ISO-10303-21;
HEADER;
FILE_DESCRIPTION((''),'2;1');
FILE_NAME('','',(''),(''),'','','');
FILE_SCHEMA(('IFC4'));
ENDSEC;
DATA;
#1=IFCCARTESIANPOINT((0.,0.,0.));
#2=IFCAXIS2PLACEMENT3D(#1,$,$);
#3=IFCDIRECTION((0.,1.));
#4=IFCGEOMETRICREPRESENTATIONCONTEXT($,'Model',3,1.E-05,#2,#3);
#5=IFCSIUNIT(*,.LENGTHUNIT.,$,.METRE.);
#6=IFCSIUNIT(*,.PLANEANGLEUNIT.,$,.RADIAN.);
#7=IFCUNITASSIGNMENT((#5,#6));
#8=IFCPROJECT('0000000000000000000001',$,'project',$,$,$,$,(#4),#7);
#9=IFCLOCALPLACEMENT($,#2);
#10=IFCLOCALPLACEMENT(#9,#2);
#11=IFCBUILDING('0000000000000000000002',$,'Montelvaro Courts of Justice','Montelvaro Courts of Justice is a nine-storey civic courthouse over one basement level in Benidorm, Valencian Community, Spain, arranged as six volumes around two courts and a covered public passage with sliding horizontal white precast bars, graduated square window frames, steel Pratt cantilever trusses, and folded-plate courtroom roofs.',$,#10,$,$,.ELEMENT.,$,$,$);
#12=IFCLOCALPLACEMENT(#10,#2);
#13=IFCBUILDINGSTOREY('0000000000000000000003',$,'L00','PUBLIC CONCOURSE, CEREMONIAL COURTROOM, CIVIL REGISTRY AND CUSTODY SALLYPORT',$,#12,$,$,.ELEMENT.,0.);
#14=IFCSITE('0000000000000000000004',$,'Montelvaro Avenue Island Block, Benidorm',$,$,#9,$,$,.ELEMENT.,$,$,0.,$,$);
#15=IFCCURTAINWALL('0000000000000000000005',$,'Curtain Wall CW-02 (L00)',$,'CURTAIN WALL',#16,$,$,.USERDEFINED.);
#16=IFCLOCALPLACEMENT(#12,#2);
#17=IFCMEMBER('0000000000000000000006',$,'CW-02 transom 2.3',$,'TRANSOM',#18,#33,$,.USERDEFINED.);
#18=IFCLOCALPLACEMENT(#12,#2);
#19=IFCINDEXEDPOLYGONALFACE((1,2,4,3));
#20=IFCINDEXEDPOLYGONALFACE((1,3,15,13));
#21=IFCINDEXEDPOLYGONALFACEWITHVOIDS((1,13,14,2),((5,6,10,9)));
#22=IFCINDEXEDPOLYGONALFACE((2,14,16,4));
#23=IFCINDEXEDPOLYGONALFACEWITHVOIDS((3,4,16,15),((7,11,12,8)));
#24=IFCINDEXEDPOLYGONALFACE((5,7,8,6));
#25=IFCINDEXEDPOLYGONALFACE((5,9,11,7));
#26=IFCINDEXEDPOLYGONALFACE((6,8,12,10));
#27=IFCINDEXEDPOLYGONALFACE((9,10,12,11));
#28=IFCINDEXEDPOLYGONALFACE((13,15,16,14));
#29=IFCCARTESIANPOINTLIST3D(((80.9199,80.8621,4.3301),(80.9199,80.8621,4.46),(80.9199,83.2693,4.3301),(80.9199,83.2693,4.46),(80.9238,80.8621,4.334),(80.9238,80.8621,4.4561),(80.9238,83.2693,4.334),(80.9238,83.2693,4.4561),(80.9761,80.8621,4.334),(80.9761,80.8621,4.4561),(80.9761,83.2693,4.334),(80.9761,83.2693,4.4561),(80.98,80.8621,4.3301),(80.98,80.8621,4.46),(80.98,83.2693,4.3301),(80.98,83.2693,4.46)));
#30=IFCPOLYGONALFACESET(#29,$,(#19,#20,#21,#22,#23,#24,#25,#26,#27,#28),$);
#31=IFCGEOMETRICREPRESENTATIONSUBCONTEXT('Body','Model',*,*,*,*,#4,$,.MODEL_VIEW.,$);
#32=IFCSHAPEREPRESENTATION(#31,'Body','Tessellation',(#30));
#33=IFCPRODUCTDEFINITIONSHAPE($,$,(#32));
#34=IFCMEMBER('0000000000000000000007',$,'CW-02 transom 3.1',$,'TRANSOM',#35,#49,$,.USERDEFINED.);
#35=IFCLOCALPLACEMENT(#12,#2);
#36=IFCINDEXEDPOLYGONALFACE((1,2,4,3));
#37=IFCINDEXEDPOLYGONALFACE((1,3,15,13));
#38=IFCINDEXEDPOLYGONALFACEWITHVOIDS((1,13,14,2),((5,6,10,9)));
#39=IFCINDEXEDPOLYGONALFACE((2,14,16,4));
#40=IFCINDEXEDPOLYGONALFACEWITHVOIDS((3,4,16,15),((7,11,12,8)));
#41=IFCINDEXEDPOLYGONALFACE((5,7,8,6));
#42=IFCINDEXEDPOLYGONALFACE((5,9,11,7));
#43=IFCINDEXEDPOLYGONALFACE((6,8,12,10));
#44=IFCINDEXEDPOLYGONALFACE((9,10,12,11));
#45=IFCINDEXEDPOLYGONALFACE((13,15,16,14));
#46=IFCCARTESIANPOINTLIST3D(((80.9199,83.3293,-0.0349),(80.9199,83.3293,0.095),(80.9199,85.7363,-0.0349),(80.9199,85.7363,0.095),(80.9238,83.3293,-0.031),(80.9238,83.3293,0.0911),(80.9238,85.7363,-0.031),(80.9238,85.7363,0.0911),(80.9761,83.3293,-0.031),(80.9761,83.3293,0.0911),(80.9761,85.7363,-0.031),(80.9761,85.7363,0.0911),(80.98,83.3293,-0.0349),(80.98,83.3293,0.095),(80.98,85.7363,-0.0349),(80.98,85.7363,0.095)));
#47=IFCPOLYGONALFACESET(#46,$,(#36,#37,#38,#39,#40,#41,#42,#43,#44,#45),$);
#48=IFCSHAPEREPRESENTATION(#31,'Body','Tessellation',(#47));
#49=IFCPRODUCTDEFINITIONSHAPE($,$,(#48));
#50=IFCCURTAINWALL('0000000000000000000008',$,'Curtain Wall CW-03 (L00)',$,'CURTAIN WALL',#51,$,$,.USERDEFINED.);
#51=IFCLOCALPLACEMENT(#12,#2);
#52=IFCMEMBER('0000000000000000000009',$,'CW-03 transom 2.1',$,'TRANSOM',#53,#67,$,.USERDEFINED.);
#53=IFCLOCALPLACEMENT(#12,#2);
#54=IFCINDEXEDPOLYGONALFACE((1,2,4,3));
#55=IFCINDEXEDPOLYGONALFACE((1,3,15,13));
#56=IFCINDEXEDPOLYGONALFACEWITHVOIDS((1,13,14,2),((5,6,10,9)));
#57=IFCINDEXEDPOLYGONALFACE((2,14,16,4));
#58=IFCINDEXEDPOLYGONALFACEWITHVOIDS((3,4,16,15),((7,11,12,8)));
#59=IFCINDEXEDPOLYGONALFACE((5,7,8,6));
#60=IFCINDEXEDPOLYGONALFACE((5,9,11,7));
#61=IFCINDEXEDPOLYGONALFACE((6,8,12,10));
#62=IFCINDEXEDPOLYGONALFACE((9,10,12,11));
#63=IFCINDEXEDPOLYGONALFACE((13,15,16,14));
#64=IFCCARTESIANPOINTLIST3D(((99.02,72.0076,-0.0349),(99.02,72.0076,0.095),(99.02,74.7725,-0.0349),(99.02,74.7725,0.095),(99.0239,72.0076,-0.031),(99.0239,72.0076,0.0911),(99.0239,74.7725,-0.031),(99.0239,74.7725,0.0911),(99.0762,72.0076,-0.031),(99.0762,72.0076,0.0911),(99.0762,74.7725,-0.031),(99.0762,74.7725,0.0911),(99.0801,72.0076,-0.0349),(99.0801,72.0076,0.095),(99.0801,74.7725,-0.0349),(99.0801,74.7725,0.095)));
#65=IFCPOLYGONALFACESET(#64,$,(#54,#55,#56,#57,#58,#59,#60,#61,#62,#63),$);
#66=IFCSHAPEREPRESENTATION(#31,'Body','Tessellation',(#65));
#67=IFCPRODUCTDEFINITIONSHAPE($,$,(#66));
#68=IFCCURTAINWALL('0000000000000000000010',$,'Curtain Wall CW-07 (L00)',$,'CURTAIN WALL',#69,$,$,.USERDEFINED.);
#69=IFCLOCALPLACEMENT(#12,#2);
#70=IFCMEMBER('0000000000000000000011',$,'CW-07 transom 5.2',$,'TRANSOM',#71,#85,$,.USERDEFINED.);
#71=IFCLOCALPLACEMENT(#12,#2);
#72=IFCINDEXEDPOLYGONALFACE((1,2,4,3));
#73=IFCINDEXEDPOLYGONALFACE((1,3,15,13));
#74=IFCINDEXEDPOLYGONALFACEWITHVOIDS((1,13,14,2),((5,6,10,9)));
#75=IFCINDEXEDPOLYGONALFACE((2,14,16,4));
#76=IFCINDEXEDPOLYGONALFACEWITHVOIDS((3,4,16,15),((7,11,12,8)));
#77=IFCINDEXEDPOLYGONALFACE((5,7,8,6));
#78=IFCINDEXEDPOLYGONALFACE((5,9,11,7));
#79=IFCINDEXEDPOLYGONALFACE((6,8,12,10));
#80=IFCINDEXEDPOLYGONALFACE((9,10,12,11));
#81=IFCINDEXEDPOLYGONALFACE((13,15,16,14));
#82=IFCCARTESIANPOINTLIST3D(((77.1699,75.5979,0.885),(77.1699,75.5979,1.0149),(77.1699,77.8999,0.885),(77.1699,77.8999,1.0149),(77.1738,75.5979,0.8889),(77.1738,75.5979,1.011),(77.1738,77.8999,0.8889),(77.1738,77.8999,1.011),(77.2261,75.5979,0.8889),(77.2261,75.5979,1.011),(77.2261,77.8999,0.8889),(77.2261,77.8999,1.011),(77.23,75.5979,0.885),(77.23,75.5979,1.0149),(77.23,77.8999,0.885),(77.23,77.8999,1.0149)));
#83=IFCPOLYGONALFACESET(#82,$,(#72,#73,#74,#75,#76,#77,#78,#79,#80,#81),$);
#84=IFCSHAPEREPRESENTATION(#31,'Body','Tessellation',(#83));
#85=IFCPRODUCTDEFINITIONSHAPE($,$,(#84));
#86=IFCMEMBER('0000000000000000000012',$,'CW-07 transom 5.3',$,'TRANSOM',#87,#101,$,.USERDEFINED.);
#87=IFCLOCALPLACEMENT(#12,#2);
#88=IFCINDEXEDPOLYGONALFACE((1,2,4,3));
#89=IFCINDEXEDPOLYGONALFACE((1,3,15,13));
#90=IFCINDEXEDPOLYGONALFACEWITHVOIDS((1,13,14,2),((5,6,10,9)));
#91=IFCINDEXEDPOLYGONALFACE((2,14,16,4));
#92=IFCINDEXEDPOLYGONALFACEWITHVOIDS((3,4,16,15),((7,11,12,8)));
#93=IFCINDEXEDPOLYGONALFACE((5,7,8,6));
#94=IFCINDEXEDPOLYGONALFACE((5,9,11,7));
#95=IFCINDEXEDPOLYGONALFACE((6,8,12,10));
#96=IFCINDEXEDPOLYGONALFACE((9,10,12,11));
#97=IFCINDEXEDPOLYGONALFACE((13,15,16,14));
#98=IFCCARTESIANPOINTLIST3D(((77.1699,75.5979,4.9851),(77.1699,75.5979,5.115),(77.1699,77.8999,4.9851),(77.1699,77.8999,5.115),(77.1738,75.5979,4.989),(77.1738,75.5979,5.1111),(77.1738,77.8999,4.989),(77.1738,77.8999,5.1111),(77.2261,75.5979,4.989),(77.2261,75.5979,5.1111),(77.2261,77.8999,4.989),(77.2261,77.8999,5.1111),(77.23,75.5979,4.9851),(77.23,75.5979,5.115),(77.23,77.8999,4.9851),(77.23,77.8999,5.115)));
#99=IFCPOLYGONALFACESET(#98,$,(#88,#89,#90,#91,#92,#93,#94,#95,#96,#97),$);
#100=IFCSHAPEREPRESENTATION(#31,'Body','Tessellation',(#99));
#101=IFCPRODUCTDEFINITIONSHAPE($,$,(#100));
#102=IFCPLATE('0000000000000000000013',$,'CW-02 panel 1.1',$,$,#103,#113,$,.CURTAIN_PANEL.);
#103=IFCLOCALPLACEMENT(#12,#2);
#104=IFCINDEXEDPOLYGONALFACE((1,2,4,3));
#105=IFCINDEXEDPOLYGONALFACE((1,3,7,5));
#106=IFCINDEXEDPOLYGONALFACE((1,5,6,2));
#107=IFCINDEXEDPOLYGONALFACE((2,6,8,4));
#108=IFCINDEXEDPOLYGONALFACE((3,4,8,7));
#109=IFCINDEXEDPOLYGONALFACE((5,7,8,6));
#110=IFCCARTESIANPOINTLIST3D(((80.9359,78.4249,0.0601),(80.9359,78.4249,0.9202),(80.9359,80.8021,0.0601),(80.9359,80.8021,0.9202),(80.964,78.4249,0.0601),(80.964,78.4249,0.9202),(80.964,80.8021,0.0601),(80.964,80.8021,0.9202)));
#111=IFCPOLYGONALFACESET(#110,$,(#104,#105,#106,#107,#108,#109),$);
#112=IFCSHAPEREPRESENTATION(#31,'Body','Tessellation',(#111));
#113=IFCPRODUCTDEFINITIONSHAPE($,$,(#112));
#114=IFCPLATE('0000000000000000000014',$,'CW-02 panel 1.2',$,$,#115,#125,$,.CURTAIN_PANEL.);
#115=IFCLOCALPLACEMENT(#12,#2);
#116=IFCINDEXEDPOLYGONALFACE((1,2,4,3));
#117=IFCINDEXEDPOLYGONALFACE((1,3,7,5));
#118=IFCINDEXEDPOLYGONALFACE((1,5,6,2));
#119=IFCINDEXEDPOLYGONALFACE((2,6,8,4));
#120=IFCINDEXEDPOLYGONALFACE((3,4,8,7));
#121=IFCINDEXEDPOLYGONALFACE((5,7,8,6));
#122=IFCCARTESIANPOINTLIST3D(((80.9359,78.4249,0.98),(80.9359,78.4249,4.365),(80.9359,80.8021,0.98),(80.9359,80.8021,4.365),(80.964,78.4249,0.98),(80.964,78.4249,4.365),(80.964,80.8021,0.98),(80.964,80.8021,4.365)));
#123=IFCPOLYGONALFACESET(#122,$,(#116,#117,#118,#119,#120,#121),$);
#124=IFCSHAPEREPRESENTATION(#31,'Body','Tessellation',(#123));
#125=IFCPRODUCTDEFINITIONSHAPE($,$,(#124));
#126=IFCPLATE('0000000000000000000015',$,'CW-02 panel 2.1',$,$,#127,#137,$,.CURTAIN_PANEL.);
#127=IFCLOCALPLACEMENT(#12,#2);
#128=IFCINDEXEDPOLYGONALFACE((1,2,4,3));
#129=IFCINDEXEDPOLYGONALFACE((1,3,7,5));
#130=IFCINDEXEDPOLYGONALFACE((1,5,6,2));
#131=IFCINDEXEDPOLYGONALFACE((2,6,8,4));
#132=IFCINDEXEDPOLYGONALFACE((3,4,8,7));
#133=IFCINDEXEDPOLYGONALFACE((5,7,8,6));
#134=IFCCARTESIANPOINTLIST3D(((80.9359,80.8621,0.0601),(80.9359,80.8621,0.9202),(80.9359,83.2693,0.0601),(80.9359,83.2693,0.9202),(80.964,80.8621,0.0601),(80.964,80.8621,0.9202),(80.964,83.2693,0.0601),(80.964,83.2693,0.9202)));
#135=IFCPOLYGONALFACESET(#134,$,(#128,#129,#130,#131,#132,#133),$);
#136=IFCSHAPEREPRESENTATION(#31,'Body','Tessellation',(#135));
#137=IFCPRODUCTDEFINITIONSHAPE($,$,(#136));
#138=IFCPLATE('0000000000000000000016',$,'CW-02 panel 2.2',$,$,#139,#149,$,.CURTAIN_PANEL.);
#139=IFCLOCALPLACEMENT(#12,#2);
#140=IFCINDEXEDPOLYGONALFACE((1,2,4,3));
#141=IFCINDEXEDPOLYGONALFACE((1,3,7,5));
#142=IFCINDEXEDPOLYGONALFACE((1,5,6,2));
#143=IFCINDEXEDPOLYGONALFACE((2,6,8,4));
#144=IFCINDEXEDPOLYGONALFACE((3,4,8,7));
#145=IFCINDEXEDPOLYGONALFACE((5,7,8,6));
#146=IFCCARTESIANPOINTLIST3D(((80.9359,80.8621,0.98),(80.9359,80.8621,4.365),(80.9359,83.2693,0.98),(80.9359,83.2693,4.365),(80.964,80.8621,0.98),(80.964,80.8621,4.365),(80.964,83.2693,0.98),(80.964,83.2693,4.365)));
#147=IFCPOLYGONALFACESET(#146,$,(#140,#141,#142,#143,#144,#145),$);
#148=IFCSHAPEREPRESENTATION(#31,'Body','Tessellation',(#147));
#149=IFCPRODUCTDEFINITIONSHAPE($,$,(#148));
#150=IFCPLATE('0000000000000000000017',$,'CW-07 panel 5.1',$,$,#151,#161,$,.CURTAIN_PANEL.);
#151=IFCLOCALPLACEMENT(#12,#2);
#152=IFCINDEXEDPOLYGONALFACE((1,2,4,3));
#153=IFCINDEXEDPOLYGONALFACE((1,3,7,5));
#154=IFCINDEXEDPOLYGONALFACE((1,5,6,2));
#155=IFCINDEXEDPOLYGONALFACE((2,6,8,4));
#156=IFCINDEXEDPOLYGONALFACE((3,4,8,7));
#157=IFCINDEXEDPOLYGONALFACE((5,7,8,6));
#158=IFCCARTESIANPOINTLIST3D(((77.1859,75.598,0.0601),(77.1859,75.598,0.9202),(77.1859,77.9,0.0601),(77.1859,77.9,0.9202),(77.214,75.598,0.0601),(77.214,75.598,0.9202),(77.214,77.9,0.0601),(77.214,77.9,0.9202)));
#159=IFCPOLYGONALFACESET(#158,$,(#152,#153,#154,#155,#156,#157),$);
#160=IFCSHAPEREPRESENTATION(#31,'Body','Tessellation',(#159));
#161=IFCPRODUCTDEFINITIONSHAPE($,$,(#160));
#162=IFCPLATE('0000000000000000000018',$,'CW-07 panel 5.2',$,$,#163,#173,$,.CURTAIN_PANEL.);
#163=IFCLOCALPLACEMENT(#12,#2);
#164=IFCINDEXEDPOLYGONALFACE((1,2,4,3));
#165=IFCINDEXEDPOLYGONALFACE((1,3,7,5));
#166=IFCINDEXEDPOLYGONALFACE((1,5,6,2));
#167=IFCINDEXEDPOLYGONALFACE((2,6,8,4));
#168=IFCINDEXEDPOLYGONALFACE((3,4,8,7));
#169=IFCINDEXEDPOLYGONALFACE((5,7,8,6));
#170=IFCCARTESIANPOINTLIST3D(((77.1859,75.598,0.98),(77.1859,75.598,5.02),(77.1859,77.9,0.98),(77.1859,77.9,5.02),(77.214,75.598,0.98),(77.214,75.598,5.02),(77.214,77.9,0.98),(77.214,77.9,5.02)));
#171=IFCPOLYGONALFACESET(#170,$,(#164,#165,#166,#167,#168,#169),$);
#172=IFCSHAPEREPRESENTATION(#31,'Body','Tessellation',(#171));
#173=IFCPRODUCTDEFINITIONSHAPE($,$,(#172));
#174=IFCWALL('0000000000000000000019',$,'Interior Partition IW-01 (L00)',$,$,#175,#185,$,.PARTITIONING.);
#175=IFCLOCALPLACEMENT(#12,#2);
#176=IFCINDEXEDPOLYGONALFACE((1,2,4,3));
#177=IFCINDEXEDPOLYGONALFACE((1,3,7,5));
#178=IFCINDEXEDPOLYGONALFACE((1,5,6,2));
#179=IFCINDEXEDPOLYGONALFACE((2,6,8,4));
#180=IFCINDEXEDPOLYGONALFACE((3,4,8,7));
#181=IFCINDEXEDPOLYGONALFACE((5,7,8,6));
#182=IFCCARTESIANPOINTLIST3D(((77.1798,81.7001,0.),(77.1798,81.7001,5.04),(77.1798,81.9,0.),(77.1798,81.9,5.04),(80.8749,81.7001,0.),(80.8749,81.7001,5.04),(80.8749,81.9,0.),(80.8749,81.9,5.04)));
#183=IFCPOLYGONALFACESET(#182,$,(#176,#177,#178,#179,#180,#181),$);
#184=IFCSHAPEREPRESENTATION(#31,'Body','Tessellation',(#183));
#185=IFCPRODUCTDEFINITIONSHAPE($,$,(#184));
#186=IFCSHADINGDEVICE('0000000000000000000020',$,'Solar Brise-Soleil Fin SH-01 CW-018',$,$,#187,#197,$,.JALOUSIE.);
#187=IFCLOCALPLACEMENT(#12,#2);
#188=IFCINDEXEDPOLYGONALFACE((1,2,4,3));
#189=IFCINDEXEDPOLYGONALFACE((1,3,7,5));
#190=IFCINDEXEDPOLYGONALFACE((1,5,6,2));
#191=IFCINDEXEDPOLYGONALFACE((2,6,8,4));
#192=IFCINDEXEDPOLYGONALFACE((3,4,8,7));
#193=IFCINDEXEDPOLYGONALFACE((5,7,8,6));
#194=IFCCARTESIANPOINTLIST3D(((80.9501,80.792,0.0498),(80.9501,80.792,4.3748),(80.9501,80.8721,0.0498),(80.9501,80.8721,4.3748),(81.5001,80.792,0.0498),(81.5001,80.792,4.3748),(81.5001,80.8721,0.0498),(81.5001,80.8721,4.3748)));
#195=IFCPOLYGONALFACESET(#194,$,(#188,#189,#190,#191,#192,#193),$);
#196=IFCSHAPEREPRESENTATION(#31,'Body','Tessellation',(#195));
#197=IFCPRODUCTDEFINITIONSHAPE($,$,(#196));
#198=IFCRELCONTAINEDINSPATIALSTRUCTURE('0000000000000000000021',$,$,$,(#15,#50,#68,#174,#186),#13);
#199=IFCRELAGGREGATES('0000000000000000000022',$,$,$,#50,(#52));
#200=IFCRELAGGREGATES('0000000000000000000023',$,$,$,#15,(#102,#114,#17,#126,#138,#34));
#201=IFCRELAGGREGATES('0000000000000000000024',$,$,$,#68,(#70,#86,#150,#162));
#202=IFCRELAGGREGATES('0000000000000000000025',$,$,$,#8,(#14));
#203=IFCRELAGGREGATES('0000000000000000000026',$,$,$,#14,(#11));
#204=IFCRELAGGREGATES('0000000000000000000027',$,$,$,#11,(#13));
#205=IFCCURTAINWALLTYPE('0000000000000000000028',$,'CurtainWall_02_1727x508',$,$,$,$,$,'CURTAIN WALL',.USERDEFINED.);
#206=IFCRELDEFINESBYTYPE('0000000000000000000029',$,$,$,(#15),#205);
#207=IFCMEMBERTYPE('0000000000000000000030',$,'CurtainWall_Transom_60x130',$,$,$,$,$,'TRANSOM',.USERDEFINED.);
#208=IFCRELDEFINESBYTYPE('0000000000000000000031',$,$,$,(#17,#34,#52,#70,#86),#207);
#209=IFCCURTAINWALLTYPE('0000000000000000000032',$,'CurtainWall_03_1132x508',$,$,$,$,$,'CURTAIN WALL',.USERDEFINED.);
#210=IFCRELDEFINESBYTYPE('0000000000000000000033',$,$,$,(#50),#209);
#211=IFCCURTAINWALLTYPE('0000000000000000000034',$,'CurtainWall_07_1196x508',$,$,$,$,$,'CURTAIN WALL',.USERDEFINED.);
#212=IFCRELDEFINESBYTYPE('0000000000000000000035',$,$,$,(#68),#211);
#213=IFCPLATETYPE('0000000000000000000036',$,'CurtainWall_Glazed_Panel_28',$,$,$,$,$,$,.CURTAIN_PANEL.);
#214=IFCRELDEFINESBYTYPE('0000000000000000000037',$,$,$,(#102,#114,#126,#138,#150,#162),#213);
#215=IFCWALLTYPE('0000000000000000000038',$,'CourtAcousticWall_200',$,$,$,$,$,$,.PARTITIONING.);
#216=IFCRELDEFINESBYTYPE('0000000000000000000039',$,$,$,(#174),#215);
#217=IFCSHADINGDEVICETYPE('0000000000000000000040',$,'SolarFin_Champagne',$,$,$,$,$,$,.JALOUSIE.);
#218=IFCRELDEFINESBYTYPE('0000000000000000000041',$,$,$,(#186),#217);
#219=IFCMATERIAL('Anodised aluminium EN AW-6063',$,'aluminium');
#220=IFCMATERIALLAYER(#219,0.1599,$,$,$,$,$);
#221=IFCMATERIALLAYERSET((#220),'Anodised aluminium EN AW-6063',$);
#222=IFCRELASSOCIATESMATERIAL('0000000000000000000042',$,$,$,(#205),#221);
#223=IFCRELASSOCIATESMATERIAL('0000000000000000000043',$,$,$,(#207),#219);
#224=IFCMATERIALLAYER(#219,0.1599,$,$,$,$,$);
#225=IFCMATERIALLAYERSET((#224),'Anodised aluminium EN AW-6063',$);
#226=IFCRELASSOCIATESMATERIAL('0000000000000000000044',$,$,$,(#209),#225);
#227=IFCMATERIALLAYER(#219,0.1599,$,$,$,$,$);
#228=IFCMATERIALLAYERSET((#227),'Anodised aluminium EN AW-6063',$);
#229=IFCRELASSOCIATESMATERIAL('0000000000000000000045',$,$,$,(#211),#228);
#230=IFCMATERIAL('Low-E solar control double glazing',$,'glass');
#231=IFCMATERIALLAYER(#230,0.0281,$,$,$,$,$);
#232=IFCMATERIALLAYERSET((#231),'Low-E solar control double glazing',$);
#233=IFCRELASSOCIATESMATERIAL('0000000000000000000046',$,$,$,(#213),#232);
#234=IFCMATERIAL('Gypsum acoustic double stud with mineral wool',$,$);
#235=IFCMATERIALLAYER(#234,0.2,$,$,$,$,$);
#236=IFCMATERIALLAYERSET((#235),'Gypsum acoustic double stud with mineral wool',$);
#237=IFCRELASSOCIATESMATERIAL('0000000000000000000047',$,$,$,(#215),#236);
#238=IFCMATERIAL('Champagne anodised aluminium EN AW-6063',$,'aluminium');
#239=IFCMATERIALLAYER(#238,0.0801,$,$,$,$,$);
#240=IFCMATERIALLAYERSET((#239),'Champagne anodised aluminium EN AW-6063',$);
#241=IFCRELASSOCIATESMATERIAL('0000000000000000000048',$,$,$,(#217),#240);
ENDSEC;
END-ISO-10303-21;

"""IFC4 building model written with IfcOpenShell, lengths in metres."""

from ifc_helpers import new_model, si_unit, direction, frame, frame_2d, origin, origin_2d, place, context, subcontext, project, spatial, rectangle, hollow_rectangle, extrude, material, layer, layer_set, material_profile, profile_set, type_object, element, aggregate, save


model = new_model("IFC4")

# Units and contexts
model_context = context("Model", 3, precision=1e-05, world=origin(), true_north=direction((0.0, 1.0)))
body_context = subcontext(model_context, "Body", "Model", "MODEL_VIEW")
ifc_project = project(units=[si_unit("LENGTHUNIT", "METRE"), si_unit("PLANEANGLEUNIT", "RADIAN")], contexts=[model_context])

# Site, building, storey
site_placement = place(None, origin())
site = spatial("IfcSite", under=ifc_project, at=site_placement, Name="Montelvaro Avenue Island Block, Benidorm", CompositionType="ELEMENT", RefElevation=0.0)
building_placement = place(site_placement, origin())
building = spatial("IfcBuilding", under=site, at=building_placement, Name="Montelvaro Courts of Justice", Description="Montelvaro Courts of Justice is a nine-storey civic courthouse over one basement level in Benidorm, Valencian Community, Spain, arranged as six volumes around two courts and a covered public passage with sliding horizontal white precast bars, graduated square window frames, steel Pratt cantilever trusses, and folded-plate courtroom roofs.", CompositionType="ELEMENT")
storey_placement = place(building_placement, origin())
storey = spatial("IfcBuildingStorey", under=building, at=storey_placement, Name="L00", Description="PUBLIC CONCOURSE, CEREMONIAL COURTROOM, CIVIL REGISTRY AND CUSTODY SALLYPORT", CompositionType="ELEMENT", Elevation=0.0)

# Curtain wall, members
ifc_material_1 = material(Name="Anodised aluminium EN AW-6063", Category="aluminium")
ifc_layer_1 = layer(ifc_material_1, 0.1599)
ifc_layer_set_1 = layer_set([ifc_layer_1], Name="Anodised aluminium EN AW-6063")
curtain_wall_type_1 = type_object("IfcCurtainWallType", Name="CurtainWall_02_1727x508", ElementType="CURTAIN WALL", PredefinedType="USERDEFINED", material=ifc_layer_set_1)
curtain_wall_1_placement = place(storey_placement, origin())
curtain_wall_1 = element("IfcCurtainWall", 1, at=curtain_wall_1_placement, inside=storey, type_object=curtain_wall_type_1, Name="Curtain Wall CW-02 (L00)", ObjectType="CURTAIN WALL", PredefinedType="USERDEFINED")
ifc_material_profile_1 = material_profile(ifc_material_1, hollow_rectangle(XDim=0.0601, YDim=0.1299, WallThickness=0.0039, at=origin_2d()), Name="ALU-T 60x130")
ifc_profile_set_1 = profile_set([ifc_material_profile_1], Name="Anodised aluminium EN AW-6063")
member_type_1 = type_object("IfcMemberType", Name="CurtainWall_Transom_60x130", ElementType="TRANSOM", PredefinedType="USERDEFINED", material=ifc_profile_set_1)
member_1_placement = place(storey_placement, frame((80.95, 80.8621, 4.395), z_axis=(0.0, 1.0, 0.0), x_axis=(-1.0, 0.0, 0.0)))
member_1 = element("IfcMember", 2, at=member_1_placement, type_object=member_type_1, Name="CW-02 transom 2.3", ObjectType="TRANSOM", PredefinedType="USERDEFINED", context=body_context, shape_type="SweptSolid", body=[
    extrude(hollow_rectangle(XDim=0.0601, YDim=0.1299, WallThickness=0.0039, at=origin_2d()), origin(), (0.0, 0.0, 1.0), 2.4072),
])
member_2_placement = place(storey_placement, frame((80.95, 83.3293, 0.03), z_axis=(0.0, 1.0, 0.0), x_axis=(-1.0, 0.0, 0.0)))
member_2 = element("IfcMember", 3, at=member_2_placement, type_object=member_type_1, Name="CW-02 transom 3.1", ObjectType="TRANSOM", PredefinedType="USERDEFINED", context=body_context, shape_type="SweptSolid", body=[
    extrude(hollow_rectangle(XDim=0.0601, YDim=0.1299, WallThickness=0.0039, at=origin_2d()), origin(), (0.0, 0.0, 1.0), 2.407),
])

# Curtain wall, member
ifc_layer_2 = layer(ifc_material_1, 0.1599)
ifc_layer_set_2 = layer_set([ifc_layer_2], Name="Anodised aluminium EN AW-6063")
curtain_wall_type_2 = type_object("IfcCurtainWallType", Name="CurtainWall_03_1132x508", ElementType="CURTAIN WALL", PredefinedType="USERDEFINED", material=ifc_layer_set_2)
curtain_wall_2_placement = place(storey_placement, origin())
curtain_wall_2 = element("IfcCurtainWall", 4, at=curtain_wall_2_placement, inside=storey, type_object=curtain_wall_type_2, Name="Curtain Wall CW-03 (L00)", ObjectType="CURTAIN WALL", PredefinedType="USERDEFINED")
member_3_placement = place(storey_placement, frame((99.05, 74.7725, 0.03), z_axis=(0.0, -1.0, 0.0), x_axis=(1.0, 0.0, 0.0)))
member_3 = element("IfcMember", 5, at=member_3_placement, type_object=member_type_1, Name="CW-03 transom 2.1", ObjectType="TRANSOM", PredefinedType="USERDEFINED", context=body_context, shape_type="SweptSolid", body=[
    extrude(hollow_rectangle(XDim=0.0601, YDim=0.1299, WallThickness=0.0039, at=origin_2d()), origin(), (0.0, 0.0, 1.0), 2.7649),
])
aggregate(curtain_wall_2, [member_3])

# Curtain wall, members
ifc_layer_3 = layer(ifc_material_1, 0.1599)
ifc_layer_set_3 = layer_set([ifc_layer_3], Name="Anodised aluminium EN AW-6063")
curtain_wall_type_3 = type_object("IfcCurtainWallType", Name="CurtainWall_07_1196x508", ElementType="CURTAIN WALL", PredefinedType="USERDEFINED", material=ifc_layer_set_3)
curtain_wall_3_placement = place(storey_placement, origin())
curtain_wall_3 = element("IfcCurtainWall", 6, at=curtain_wall_3_placement, inside=storey, type_object=curtain_wall_type_3, Name="Curtain Wall CW-07 (L00)", ObjectType="CURTAIN WALL", PredefinedType="USERDEFINED")
member_4_placement = place(storey_placement, frame((77.2, 75.5979, 0.95), z_axis=(0.0, 1.0, 0.0), x_axis=(-1.0, 0.0, 0.0)))
member_4 = element("IfcMember", 7, at=member_4_placement, type_object=member_type_1, Name="CW-07 transom 5.2", ObjectType="TRANSOM", PredefinedType="USERDEFINED", context=body_context, shape_type="SweptSolid", body=[
    extrude(hollow_rectangle(XDim=0.0601, YDim=0.1299, WallThickness=0.0039, at=origin_2d()), origin(), (0.0, 0.0, 1.0), 2.302),
])
member_5_placement = place(storey_placement, frame((77.2, 75.5979, 5.05), z_axis=(0.0, 1.0, 0.0), x_axis=(-1.0, 0.0, 0.0)))
member_5 = element("IfcMember", 8, at=member_5_placement, type_object=member_type_1, Name="CW-07 transom 5.3", ObjectType="TRANSOM", PredefinedType="USERDEFINED", context=body_context, shape_type="SweptSolid", body=[
    extrude(hollow_rectangle(XDim=0.0601, YDim=0.1299, WallThickness=0.0039, at=origin_2d()), origin(), (0.0, 0.0, 1.0), 2.302),
])

# Plates
ifc_material_2 = material(Name="Low-E solar control double glazing", Category="glass")
ifc_layer_4 = layer(ifc_material_2, 0.0281)
ifc_layer_set_4 = layer_set([ifc_layer_4], Name="Low-E solar control double glazing")
plate_type = type_object("IfcPlateType", Name="CurtainWall_Glazed_Panel_28", PredefinedType="CURTAIN_PANEL", material=ifc_layer_set_4)
plate_1_placement = place(storey_placement, frame((80.95, 79.6135, 0.0601), z_axis=(0.0, 0.0, 1.0), x_axis=(0.0, 1.0, 0.0)))
plate_1 = element("IfcPlate", 9, at=plate_1_placement, type_object=plate_type, Name="CW-02 panel 1.1", PredefinedType="CURTAIN_PANEL", context=body_context, shape_type="SweptSolid", body=[
    extrude(rectangle(XDim=2.3772, YDim=0.0281, at=origin_2d()), origin(), (0.0, 0.0, 1.0), 0.8601),
])
plate_2_placement = place(storey_placement, frame((80.95, 79.6135, 0.98), z_axis=(0.0, 0.0, 1.0), x_axis=(0.0, 1.0, 0.0)))
plate_2 = element("IfcPlate", 10, at=plate_2_placement, type_object=plate_type, Name="CW-02 panel 1.2", PredefinedType="CURTAIN_PANEL", context=body_context, shape_type="SweptSolid", body=[
    extrude(rectangle(XDim=2.3772, YDim=0.0281, at=origin_2d()), origin(), (0.0, 0.0, 1.0), 3.385),
])
plate_3_placement = place(storey_placement, frame((80.95, 82.0657, 0.0601), z_axis=(0.0, 0.0, 1.0), x_axis=(0.0, 1.0, 0.0)))
plate_3 = element("IfcPlate", 11, at=plate_3_placement, type_object=plate_type, Name="CW-02 panel 2.1", PredefinedType="CURTAIN_PANEL", context=body_context, shape_type="SweptSolid", body=[
    extrude(rectangle(XDim=2.4072, YDim=0.0281, at=origin_2d()), origin(), (0.0, 0.0, 1.0), 0.8601),
])
plate_4_placement = place(storey_placement, frame((80.95, 82.0657, 0.98), z_axis=(0.0, 0.0, 1.0), x_axis=(0.0, 1.0, 0.0)))
plate_4 = element("IfcPlate", 12, at=plate_4_placement, type_object=plate_type, Name="CW-02 panel 2.2", PredefinedType="CURTAIN_PANEL", context=body_context, shape_type="SweptSolid", body=[
    extrude(rectangle(XDim=2.4072, YDim=0.0281, at=origin_2d()), origin(), (0.0, 0.0, 1.0), 3.385),
])
aggregate(curtain_wall_1, [plate_1, plate_2, member_1, plate_3, plate_4, member_2])
plate_5_placement = place(storey_placement, frame((77.2, 76.749, 0.0601), z_axis=(0.0, 0.0, 1.0), x_axis=(0.0, 1.0, 0.0)))
plate_5 = element("IfcPlate", 13, at=plate_5_placement, type_object=plate_type, Name="CW-07 panel 5.1", PredefinedType="CURTAIN_PANEL", context=body_context, shape_type="SweptSolid", body=[
    extrude(rectangle(XDim=2.302, YDim=0.0281, at=origin_2d()), origin(), (0.0, 0.0, 1.0), 0.8601),
])
plate_6_placement = place(storey_placement, frame((77.2, 76.749, 0.98), z_axis=(0.0, 0.0, 1.0), x_axis=(0.0, 1.0, 0.0)))
plate_6 = element("IfcPlate", 14, at=plate_6_placement, type_object=plate_type, Name="CW-07 panel 5.2", PredefinedType="CURTAIN_PANEL", context=body_context, shape_type="SweptSolid", body=[
    extrude(rectangle(XDim=2.302, YDim=0.0281, at=origin_2d()), origin(), (0.0, 0.0, 1.0), 4.04),
])
aggregate(curtain_wall_3, [member_4, member_5, plate_5, plate_6])

# Wall
ifc_material_3 = material(Name="Gypsum acoustic double stud with mineral wool")
ifc_layer_5 = layer(ifc_material_3, 0.2)
ifc_layer_set_5 = layer_set([ifc_layer_5], Name="Gypsum acoustic double stud with mineral wool")
wall_type = type_object("IfcWallType", Name="CourtAcousticWall_200", PredefinedType="PARTITIONING", material=ifc_layer_set_5)
wall_placement = place(storey_placement, frame((80.875, 81.8, 0.0), z_axis=(0.0, 0.0, 1.0), x_axis=(-1.0, 0.0, 0.0)))
element("IfcWall", 15, at=wall_placement, inside=storey, type_object=wall_type, Name="Interior Partition IW-01 (L00)", PredefinedType="PARTITIONING", context=body_context, shape_type="SweptSolid", body=[
    extrude(rectangle(XDim=3.6951, YDim=0.2, at=frame_2d((1.8477, 0.0))), origin(), (0.0, 0.0, 1.0), 5.04),
])

# Shading device
ifc_material_4 = material(Name="Champagne anodised aluminium EN AW-6063", Category="aluminium")
ifc_layer_6 = layer(ifc_material_4, 0.0801)
ifc_layer_set_6 = layer_set([ifc_layer_6], Name="Champagne anodised aluminium EN AW-6063")
shading_device_type_1 = type_object("IfcShadingDeviceType", Name="SolarFin_Champagne", PredefinedType="JALOUSIE", material=ifc_layer_set_6)
shading_device_1_placement = place(storey_placement, frame((81.2251, 80.832, 0.0498), z_axis=(0.0, 0.0, 1.0), x_axis=(0.0, 1.0, 0.0)))
element("IfcShadingDevice", 16, at=shading_device_1_placement, inside=storey, type_object=shading_device_type_1, Name="Solar Brise-Soleil Fin SH-01 CW-018", PredefinedType="JALOUSIE", context=body_context, shape_type="SweptSolid", body=[
    extrude(rectangle(XDim=0.0801, YDim=0.55, at=origin_2d()), origin(), (0.0, 0.0, 1.0), 4.325),
])

save(model, "model.ifc")
